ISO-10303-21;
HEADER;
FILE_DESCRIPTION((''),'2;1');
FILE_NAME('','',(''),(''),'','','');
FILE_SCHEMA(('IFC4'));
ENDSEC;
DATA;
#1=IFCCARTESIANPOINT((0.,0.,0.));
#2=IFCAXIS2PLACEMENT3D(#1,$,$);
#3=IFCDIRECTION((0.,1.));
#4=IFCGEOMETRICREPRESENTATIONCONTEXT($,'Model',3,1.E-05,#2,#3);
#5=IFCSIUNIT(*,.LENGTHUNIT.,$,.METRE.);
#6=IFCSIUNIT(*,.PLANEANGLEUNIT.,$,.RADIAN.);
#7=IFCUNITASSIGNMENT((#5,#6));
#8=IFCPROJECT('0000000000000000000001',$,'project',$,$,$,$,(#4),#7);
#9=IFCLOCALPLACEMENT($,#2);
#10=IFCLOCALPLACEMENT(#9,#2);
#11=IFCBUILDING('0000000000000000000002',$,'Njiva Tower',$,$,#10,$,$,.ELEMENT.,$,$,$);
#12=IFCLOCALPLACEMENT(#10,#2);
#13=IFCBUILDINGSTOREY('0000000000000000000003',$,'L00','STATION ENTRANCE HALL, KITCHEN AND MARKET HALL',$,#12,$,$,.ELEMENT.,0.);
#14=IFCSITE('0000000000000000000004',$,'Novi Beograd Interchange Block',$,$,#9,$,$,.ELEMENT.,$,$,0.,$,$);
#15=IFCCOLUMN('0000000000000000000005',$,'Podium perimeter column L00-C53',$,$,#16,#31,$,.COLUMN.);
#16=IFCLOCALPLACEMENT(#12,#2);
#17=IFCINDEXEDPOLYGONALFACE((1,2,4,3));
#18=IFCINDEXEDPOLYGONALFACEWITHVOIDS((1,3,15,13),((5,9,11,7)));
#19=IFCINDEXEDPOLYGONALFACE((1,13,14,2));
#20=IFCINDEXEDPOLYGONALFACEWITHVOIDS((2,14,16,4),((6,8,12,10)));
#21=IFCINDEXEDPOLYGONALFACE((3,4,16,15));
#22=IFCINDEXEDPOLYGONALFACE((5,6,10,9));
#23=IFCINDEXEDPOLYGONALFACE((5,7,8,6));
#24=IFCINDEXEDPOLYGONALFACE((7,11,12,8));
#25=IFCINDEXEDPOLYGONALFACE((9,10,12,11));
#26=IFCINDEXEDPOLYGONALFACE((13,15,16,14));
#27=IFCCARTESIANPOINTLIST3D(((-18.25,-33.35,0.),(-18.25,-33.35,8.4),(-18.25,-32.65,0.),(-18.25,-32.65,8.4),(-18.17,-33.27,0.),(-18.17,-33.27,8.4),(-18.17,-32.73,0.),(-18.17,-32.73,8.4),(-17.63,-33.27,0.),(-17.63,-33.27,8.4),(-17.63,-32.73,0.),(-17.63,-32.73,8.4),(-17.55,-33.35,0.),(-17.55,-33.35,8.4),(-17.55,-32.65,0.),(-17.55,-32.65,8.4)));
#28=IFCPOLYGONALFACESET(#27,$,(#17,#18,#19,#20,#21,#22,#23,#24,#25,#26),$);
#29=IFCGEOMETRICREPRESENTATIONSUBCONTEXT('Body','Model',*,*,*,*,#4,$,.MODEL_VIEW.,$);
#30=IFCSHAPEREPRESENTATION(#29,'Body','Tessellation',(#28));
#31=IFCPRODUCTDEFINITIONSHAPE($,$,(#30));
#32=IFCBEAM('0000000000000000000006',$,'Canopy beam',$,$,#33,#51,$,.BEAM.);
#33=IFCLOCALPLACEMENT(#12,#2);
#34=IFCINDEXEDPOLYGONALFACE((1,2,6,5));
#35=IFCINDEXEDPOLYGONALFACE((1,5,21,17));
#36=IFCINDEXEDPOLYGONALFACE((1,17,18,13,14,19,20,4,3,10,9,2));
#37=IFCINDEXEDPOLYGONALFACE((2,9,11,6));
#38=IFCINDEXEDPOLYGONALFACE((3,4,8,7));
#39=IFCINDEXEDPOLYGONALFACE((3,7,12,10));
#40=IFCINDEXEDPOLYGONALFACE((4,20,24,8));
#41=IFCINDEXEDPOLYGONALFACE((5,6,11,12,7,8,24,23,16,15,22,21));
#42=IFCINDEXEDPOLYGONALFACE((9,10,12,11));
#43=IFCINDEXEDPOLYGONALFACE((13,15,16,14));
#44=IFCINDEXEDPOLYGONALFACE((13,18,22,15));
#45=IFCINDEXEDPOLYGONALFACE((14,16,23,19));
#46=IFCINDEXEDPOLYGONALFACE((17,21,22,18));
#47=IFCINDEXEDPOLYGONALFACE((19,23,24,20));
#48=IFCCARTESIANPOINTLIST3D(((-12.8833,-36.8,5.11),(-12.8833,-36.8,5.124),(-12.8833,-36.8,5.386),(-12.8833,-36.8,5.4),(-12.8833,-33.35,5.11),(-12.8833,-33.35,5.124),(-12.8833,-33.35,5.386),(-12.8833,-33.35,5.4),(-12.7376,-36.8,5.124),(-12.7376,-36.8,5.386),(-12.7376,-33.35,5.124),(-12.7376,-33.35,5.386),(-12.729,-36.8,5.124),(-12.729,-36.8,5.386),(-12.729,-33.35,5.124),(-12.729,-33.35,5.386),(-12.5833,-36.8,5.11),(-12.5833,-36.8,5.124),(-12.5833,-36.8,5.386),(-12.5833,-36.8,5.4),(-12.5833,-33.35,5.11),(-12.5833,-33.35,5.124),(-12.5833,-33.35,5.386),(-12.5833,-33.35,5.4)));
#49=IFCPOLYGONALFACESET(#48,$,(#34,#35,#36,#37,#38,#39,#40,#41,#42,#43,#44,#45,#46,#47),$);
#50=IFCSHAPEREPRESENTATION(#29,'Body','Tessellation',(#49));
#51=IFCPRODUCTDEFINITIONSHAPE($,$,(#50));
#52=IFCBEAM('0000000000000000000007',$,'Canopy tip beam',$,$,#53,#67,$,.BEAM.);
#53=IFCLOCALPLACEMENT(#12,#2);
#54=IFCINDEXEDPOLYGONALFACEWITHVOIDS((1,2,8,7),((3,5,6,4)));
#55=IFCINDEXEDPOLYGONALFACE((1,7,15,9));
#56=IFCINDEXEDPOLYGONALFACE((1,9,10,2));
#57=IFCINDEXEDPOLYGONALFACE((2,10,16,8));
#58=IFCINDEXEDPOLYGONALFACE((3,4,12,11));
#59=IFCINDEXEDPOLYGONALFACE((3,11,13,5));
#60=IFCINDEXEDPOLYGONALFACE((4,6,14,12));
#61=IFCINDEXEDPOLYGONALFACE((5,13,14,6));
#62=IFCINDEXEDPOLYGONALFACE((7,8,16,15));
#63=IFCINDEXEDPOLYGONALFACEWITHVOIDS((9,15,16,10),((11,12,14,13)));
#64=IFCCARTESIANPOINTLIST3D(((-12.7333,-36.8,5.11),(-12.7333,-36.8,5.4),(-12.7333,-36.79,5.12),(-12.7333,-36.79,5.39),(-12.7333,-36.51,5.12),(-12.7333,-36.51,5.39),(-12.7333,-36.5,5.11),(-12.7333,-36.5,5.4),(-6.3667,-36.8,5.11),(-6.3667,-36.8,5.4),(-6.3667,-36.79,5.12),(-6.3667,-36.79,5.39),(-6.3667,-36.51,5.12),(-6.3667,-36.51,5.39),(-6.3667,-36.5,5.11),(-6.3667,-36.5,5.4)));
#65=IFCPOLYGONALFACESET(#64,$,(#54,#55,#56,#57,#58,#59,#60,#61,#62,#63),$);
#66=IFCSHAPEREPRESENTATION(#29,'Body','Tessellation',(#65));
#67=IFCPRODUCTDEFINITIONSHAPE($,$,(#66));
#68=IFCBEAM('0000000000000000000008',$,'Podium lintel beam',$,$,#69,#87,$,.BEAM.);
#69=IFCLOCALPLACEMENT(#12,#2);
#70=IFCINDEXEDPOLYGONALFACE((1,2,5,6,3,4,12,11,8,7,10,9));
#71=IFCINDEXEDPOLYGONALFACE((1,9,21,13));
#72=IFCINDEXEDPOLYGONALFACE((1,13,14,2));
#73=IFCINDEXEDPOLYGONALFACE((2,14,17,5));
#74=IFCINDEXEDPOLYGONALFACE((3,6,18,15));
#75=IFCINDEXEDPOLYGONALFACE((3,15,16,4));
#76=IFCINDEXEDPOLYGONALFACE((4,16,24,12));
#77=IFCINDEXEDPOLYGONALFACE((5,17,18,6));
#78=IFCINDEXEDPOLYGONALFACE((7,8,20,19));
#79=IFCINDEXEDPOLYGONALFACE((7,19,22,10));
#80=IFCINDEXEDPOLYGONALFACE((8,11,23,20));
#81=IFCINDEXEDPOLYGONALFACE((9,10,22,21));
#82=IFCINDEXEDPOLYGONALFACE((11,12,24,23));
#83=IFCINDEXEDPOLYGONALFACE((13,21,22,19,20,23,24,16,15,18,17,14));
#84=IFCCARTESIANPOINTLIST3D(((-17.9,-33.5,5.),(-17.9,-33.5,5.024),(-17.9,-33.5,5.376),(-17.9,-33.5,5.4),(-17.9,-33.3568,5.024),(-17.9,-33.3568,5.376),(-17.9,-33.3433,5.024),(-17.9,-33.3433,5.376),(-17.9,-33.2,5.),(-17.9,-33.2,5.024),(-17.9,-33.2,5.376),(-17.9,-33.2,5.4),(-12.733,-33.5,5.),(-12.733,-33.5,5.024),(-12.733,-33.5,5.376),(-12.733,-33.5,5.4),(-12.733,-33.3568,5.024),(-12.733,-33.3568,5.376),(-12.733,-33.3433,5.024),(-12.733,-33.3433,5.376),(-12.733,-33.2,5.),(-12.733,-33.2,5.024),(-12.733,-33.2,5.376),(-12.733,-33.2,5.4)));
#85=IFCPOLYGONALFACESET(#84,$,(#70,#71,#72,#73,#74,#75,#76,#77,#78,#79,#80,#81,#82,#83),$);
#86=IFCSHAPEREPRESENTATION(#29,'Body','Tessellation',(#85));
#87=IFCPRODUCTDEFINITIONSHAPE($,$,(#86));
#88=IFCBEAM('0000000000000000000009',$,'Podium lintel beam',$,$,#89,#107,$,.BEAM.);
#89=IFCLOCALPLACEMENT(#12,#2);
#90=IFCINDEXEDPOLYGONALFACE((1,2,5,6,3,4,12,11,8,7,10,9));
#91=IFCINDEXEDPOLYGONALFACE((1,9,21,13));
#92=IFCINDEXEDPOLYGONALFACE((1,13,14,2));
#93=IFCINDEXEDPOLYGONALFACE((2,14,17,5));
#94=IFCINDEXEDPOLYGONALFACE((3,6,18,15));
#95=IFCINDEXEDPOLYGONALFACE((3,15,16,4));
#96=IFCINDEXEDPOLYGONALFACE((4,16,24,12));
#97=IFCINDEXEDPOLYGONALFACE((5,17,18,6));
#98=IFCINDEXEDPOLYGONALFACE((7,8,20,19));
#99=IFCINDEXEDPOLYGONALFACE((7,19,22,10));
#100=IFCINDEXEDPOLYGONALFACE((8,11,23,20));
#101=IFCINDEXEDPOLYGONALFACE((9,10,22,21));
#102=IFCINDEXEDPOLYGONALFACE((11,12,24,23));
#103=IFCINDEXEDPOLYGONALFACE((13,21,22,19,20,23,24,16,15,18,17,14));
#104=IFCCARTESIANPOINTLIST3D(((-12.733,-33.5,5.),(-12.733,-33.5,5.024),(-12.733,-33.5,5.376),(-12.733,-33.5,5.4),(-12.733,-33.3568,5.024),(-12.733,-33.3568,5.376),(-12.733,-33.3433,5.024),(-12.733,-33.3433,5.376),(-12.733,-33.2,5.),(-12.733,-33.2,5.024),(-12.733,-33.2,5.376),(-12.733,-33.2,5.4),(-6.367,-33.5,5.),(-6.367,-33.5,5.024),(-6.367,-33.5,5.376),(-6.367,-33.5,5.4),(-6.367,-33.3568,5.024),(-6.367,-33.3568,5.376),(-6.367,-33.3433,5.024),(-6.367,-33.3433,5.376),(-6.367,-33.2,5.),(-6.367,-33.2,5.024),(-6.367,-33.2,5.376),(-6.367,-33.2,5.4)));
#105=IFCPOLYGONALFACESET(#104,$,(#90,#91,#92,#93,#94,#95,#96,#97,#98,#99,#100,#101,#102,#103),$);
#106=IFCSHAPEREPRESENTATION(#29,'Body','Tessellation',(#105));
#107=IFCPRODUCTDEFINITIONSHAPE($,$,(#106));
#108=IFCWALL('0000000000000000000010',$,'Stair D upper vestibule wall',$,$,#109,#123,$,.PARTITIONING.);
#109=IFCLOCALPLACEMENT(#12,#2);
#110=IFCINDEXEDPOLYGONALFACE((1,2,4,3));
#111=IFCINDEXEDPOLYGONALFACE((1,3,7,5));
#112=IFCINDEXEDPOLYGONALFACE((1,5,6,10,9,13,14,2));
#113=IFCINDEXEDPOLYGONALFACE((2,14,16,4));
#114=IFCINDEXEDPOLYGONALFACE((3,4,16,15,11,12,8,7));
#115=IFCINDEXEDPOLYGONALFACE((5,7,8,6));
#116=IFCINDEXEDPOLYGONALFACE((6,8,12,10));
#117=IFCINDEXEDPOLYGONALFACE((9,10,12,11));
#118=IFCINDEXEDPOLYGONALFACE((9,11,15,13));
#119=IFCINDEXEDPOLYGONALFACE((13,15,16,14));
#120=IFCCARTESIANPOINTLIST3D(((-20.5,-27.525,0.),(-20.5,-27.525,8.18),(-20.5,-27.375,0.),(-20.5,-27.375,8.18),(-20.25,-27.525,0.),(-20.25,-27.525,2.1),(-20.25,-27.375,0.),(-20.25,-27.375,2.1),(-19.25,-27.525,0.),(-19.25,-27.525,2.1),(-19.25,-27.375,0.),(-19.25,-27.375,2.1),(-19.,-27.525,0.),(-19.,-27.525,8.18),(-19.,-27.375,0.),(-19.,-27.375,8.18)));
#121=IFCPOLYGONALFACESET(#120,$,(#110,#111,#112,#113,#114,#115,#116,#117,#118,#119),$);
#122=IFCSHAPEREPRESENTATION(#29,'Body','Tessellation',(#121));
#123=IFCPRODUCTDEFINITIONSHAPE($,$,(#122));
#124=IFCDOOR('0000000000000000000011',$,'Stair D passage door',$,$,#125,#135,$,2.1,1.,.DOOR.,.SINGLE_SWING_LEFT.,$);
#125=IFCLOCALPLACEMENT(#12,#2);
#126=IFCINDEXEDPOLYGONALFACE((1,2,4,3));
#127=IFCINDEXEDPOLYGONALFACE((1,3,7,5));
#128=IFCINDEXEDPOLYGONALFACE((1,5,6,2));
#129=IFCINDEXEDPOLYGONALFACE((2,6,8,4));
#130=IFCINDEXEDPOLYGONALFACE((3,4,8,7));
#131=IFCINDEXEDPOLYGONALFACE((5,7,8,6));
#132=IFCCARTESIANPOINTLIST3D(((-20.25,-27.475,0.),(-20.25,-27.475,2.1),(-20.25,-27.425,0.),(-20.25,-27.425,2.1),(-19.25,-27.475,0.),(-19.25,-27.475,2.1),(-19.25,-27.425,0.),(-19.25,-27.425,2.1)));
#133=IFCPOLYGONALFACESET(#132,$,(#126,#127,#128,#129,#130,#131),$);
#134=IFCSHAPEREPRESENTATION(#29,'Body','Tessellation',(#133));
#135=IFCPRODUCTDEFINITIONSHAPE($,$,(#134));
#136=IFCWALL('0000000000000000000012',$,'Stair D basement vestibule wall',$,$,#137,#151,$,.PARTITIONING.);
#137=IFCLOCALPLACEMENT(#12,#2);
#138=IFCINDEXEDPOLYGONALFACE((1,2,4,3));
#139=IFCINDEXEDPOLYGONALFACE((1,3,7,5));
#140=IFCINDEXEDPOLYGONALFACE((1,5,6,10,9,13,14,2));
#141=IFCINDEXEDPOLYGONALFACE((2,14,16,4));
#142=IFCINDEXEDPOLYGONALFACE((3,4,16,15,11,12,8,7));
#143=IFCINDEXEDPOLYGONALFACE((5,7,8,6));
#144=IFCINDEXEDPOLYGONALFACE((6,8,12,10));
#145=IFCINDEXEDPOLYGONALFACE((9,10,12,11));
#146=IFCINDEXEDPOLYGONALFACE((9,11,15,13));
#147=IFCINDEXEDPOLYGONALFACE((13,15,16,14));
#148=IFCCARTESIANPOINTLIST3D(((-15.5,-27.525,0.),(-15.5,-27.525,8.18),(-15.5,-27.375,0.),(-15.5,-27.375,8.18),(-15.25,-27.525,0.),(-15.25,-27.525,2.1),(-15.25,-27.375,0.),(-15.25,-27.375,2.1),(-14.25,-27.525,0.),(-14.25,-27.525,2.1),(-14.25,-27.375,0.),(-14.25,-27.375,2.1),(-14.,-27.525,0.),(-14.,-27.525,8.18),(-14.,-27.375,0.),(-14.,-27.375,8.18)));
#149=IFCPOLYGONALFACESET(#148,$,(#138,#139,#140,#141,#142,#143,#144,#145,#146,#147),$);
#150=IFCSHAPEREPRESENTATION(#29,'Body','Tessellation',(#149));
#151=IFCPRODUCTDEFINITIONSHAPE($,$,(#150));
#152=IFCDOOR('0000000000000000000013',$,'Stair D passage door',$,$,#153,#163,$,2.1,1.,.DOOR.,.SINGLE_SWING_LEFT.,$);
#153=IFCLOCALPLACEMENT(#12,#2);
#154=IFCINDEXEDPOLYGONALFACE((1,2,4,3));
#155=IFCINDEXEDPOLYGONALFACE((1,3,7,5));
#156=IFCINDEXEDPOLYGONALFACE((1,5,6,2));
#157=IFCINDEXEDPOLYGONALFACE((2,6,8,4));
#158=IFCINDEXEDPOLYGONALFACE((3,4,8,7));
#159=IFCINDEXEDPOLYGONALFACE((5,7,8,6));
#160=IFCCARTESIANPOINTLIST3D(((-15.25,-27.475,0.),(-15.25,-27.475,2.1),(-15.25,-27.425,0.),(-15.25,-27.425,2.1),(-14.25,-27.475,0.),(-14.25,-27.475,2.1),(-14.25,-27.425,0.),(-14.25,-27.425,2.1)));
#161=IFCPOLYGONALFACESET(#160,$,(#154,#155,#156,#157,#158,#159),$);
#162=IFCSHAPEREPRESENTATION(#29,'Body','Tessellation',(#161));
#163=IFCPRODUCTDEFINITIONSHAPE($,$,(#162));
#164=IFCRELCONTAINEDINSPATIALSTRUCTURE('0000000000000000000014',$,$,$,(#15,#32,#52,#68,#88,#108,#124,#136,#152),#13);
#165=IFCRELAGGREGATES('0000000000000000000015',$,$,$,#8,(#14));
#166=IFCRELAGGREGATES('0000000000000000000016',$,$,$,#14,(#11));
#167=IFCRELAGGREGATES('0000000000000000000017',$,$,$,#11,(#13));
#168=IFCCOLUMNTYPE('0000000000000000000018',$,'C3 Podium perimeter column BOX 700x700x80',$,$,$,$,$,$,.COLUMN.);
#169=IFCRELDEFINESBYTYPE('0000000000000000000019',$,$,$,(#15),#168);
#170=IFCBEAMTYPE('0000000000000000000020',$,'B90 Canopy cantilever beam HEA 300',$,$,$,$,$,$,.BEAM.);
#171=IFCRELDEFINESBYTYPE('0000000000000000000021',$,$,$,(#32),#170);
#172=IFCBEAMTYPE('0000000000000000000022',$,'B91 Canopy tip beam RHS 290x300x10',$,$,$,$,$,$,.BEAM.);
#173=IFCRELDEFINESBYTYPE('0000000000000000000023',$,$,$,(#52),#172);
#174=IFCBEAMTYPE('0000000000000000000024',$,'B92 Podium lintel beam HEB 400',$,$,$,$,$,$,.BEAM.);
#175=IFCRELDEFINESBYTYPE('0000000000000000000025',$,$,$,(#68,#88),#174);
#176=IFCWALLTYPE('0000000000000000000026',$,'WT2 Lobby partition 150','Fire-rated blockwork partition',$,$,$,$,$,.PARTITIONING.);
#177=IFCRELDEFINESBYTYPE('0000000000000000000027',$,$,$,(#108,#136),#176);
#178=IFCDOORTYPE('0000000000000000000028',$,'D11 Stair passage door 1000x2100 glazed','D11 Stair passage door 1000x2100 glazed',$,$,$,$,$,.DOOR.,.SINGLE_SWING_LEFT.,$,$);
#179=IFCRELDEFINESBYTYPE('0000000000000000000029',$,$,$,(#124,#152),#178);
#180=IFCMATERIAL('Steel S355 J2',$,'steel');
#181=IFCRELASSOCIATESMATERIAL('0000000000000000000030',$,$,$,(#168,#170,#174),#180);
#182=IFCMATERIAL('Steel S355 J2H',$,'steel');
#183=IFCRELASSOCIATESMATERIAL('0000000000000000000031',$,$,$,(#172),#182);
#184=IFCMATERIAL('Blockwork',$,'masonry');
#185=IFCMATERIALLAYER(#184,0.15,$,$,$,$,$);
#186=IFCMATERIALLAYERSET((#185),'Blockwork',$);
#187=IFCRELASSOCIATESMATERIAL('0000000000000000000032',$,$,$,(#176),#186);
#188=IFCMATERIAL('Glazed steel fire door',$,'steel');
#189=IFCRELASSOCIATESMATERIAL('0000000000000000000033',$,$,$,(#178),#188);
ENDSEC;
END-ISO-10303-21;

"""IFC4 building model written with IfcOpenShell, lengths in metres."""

from ifc_helpers import new_model, si_unit, direction, frame, frame_2d, origin, origin_2d, place, context, subcontext, project, spatial, rectangle, hollow_rectangle, i_section, extrude, material, layer, layer_set, material_profile, profile_set, type_object, element, fill, save


model = new_model("IFC4")

# Units and contexts
model_context = context("Model", 3, precision=1e-05, world=origin(), true_north=direction((0.0, 1.0)))
body_context = subcontext(model_context, "Body", "Model", "MODEL_VIEW")
ifc_project = project(units=[si_unit("LENGTHUNIT", "METRE"), si_unit("PLANEANGLEUNIT", "RADIAN")], contexts=[model_context])

# Site, building, storey
site_placement = place(None, origin())
site = spatial("IfcSite", under=ifc_project, at=site_placement, Name="Novi Beograd Interchange Block", CompositionType="ELEMENT", RefElevation=0.0)
building_placement = place(site_placement, origin())
building = spatial("IfcBuilding", under=site, at=building_placement, Name="Njiva Tower", CompositionType="ELEMENT")
storey_placement = place(building_placement, origin())
storey = spatial("IfcBuildingStorey", under=building, at=storey_placement, Name="L00", Description="STATION ENTRANCE HALL, KITCHEN AND MARKET HALL", CompositionType="ELEMENT", Elevation=0.0)

# Column
ifc_material_1 = material(Name="Steel S355 J2", Category="steel")
ifc_material_profile_1 = material_profile(ifc_material_1, hollow_rectangle(XDim=0.7, YDim=0.7, WallThickness=0.08, at=origin_2d()), Name="BOX 700x700x80")
ifc_profile_set_1 = profile_set([ifc_material_profile_1], Name="Steel S355 J2")
column_type = type_object("IfcColumnType", Name="C3 Podium perimeter column BOX 700x700x80", PredefinedType="COLUMN", material=ifc_profile_set_1)
column_placement = place(storey_placement, frame((-17.9, -33.0, 0.0), z_axis=(0.0, 0.0, 1.0), x_axis=(1.0, 0.0, 0.0)))
element("IfcColumn", 1, at=column_placement, inside=storey, type_object=column_type, Name="Podium perimeter column L00-C53", PredefinedType="COLUMN", context=body_context, shape_type="SweptSolid", body=[
    extrude(hollow_rectangle(XDim=0.7, YDim=0.7, WallThickness=0.08, at=origin_2d()), origin(), (0.0, 0.0, 1.0), 8.4),
])

# Beams
ifc_material_profile_2 = material_profile(ifc_material_1, i_section(OverallWidth=0.3, OverallDepth=0.29, WebThickness=0.0085, FlangeThickness=0.014, at=origin_2d()), Name="HEA300")
ifc_profile_set_2 = profile_set([ifc_material_profile_2], Name="Steel S355 J2")
beam_type_1 = type_object("IfcBeamType", Name="B90 Canopy cantilever beam HEA 300", PredefinedType="BEAM", material=ifc_profile_set_2)
beam_1_placement = place(storey_placement, frame((-12.7333, -33.35, 5.255), z_axis=(0.0, -1.0, 0.0), x_axis=(1.0, 0.0, 0.0)))
element("IfcBeam", 2, at=beam_1_placement, inside=storey, type_object=beam_type_1, Name="Canopy beam", PredefinedType="BEAM", context=body_context, shape_type="SweptSolid", body=[
    extrude(i_section(OverallWidth=0.3, OverallDepth=0.29, WebThickness=0.0085, FlangeThickness=0.014, at=origin_2d()), origin(), (0.0, 0.0, 1.0), 3.45),
])
ifc_material_2 = material(Name="Steel S355 J2H", Category="steel")
ifc_material_profile_3 = material_profile(ifc_material_2, hollow_rectangle(XDim=0.3, YDim=0.29, WallThickness=0.01, at=origin_2d()), Name="BOX 290x300x10")
ifc_profile_set_3 = profile_set([ifc_material_profile_3], Name="Steel S355 J2H")
beam_type_2 = type_object("IfcBeamType", Name="B91 Canopy tip beam RHS 290x300x10", PredefinedType="BEAM", material=ifc_profile_set_3)
beam_2_placement = place(storey_placement, frame((-12.7333, -36.65, 5.255), z_axis=(1.0, 0.0, 0.0), x_axis=(0.0, 1.0, 0.0)))
element("IfcBeam", 3, at=beam_2_placement, inside=storey, type_object=beam_type_2, Name="Canopy tip beam", PredefinedType="BEAM", context=body_context, shape_type="SweptSolid", body=[
    extrude(hollow_rectangle(XDim=0.3, YDim=0.29, WallThickness=0.01, at=origin_2d()), origin(), (0.0, 0.0, 1.0), 6.3666),
])
ifc_material_profile_4 = material_profile(ifc_material_1, i_section(OverallWidth=0.3, OverallDepth=0.4, WebThickness=0.0135, FlangeThickness=0.024, at=origin_2d()), Name="HEB400")
ifc_profile_set_4 = profile_set([ifc_material_profile_4], Name="Steel S355 J2")
beam_type_3 = type_object("IfcBeamType", Name="B92 Podium lintel beam HEB 400", PredefinedType="BEAM", material=ifc_profile_set_4)
beam_3_placement = place(storey_placement, frame((-17.9, -33.35, 5.2), z_axis=(1.0, 0.0, 0.0), x_axis=(0.0, 1.0, 0.0)))
element("IfcBeam", 4, at=beam_3_placement, inside=storey, type_object=beam_type_3, Name="Podium lintel beam", PredefinedType="BEAM", context=body_context, shape_type="SweptSolid", body=[
    extrude(i_section(OverallWidth=0.3, OverallDepth=0.4, WebThickness=0.0135, FlangeThickness=0.024, at=origin_2d()), origin(), (0.0, 0.0, 1.0), 5.167),
])
beam_4_placement = place(storey_placement, frame((-12.733, -33.35, 5.2), z_axis=(1.0, 0.0, 0.0), x_axis=(0.0, 1.0, 0.0)))
element("IfcBeam", 5, at=beam_4_placement, inside=storey, type_object=beam_type_3, Name="Podium lintel beam", PredefinedType="BEAM", context=body_context, shape_type="SweptSolid", body=[
    extrude(i_section(OverallWidth=0.3, OverallDepth=0.4, WebThickness=0.0135, FlangeThickness=0.024, at=origin_2d()), origin(), (0.0, 0.0, 1.0), 6.366),
])

# Walls, openings, doors
ifc_material_3 = material(Name="Blockwork", Category="masonry")
ifc_layer_1 = layer(ifc_material_3, 0.15)
ifc_layer_set_1 = layer_set([ifc_layer_1], Name="Blockwork")
wall_type_1 = type_object("IfcWallType", Name="WT2 Lobby partition 150", Description="Fire-rated blockwork partition", PredefinedType="PARTITIONING", material=ifc_layer_set_1)
wall_1_placement = place(storey_placement, frame((-20.5, -27.45, 0.0), z_axis=(0.0, 0.0, 1.0), x_axis=(1.0, 0.0, 0.0)))
wall_1 = element("IfcWall", 6, at=wall_1_placement, inside=storey, type_object=wall_type_1, Name="Stair D upper vestibule wall", PredefinedType="PARTITIONING", context=body_context, shape_type="SweptSolid", body=[
    extrude(rectangle(XDim=1.5, YDim=0.15, at=frame_2d((0.75, 0.0))), origin(), (0.0, 0.0, 1.0), 8.18),
])
opening_1_placement = place(wall_1_placement, frame((0.25, 0.0, 0.0)))
opening_1 = element("IfcOpeningElement", 7, at=opening_1_placement, cuts=wall_1, PredefinedType="OPENING", context=body_context, shape_type="SweptSolid", body=[
    extrude(rectangle(XDim=1.0, YDim=2.1, at=frame_2d((0.5, 1.05))), frame((0.0, 0.085, 0.0), z_axis=(0.0, -1.0, 0.0), x_axis=(1.0, 0.0, 0.0)), (0.0, 0.0, 1.0), 0.17),
])
ifc_material_4 = material(Name="Glazed steel fire door", Category="steel")
door_type_1 = type_object("IfcDoorType", Name="D11 Stair passage door 1000x2100 glazed", Description="D11 Stair passage door 1000x2100 glazed", OperationType="SINGLE_SWING_LEFT", PredefinedType="DOOR", material=ifc_material_4)
door_1_placement = place(opening_1_placement, origin())
door_1 = element("IfcDoor", 8, at=door_1_placement, inside=storey, type_object=door_type_1, Name="Stair D passage door", OperationType="SINGLE_SWING_LEFT", OverallHeight=2.1, OverallWidth=1.0, PredefinedType="DOOR", context=body_context, shape_type="SweptSolid", body=[
    extrude(rectangle(XDim=1.0, YDim=2.1, at=frame_2d((0.5, 1.05))), frame((0.0, 0.025, 0.0), z_axis=(0.0, -1.0, 0.0), x_axis=(1.0, 0.0, 0.0)), (0.0, 0.0, 1.0), 0.05),
])
fill(opening_1, door_1)
wall_2_placement = place(storey_placement, frame((-15.5, -27.45, 0.0), z_axis=(0.0, 0.0, 1.0), x_axis=(1.0, 0.0, 0.0)))
wall_2 = element("IfcWall", 9, at=wall_2_placement, inside=storey, type_object=wall_type_1, Name="Stair D basement vestibule wall", PredefinedType="PARTITIONING", context=body_context, shape_type="SweptSolid", body=[
    extrude(rectangle(XDim=1.5, YDim=0.15, at=frame_2d((0.75, 0.0))), origin(), (0.0, 0.0, 1.0), 8.18),
])
opening_2_placement = place(wall_2_placement, frame((0.25, 0.0, 0.0)))
opening_2 = element("IfcOpeningElement", 10, at=opening_2_placement, cuts=wall_2, PredefinedType="OPENING", context=body_context, shape_type="SweptSolid", body=[
    extrude(rectangle(XDim=1.0, YDim=2.1, at=frame_2d((0.5, 1.05))), frame((0.0, 0.085, 0.0), z_axis=(0.0, -1.0, 0.0), x_axis=(1.0, 0.0, 0.0)), (0.0, 0.0, 1.0), 0.17),
])
door_2_placement = place(opening_2_placement, origin())
door_2 = element("IfcDoor", 11, at=door_2_placement, inside=storey, type_object=door_type_1, Name="Stair D passage door", OperationType="SINGLE_SWING_LEFT", OverallHeight=2.1, OverallWidth=1.0, PredefinedType="DOOR", context=body_context, shape_type="SweptSolid", body=[
    extrude(rectangle(XDim=1.0, YDim=2.1, at=frame_2d((0.5, 1.05))), frame((0.0, 0.025, 0.0), z_axis=(0.0, -1.0, 0.0), x_axis=(1.0, 0.0, 0.0)), (0.0, 0.0, 1.0), 0.05),
])
fill(opening_2, door_2)

save(model, "model.ifc")
